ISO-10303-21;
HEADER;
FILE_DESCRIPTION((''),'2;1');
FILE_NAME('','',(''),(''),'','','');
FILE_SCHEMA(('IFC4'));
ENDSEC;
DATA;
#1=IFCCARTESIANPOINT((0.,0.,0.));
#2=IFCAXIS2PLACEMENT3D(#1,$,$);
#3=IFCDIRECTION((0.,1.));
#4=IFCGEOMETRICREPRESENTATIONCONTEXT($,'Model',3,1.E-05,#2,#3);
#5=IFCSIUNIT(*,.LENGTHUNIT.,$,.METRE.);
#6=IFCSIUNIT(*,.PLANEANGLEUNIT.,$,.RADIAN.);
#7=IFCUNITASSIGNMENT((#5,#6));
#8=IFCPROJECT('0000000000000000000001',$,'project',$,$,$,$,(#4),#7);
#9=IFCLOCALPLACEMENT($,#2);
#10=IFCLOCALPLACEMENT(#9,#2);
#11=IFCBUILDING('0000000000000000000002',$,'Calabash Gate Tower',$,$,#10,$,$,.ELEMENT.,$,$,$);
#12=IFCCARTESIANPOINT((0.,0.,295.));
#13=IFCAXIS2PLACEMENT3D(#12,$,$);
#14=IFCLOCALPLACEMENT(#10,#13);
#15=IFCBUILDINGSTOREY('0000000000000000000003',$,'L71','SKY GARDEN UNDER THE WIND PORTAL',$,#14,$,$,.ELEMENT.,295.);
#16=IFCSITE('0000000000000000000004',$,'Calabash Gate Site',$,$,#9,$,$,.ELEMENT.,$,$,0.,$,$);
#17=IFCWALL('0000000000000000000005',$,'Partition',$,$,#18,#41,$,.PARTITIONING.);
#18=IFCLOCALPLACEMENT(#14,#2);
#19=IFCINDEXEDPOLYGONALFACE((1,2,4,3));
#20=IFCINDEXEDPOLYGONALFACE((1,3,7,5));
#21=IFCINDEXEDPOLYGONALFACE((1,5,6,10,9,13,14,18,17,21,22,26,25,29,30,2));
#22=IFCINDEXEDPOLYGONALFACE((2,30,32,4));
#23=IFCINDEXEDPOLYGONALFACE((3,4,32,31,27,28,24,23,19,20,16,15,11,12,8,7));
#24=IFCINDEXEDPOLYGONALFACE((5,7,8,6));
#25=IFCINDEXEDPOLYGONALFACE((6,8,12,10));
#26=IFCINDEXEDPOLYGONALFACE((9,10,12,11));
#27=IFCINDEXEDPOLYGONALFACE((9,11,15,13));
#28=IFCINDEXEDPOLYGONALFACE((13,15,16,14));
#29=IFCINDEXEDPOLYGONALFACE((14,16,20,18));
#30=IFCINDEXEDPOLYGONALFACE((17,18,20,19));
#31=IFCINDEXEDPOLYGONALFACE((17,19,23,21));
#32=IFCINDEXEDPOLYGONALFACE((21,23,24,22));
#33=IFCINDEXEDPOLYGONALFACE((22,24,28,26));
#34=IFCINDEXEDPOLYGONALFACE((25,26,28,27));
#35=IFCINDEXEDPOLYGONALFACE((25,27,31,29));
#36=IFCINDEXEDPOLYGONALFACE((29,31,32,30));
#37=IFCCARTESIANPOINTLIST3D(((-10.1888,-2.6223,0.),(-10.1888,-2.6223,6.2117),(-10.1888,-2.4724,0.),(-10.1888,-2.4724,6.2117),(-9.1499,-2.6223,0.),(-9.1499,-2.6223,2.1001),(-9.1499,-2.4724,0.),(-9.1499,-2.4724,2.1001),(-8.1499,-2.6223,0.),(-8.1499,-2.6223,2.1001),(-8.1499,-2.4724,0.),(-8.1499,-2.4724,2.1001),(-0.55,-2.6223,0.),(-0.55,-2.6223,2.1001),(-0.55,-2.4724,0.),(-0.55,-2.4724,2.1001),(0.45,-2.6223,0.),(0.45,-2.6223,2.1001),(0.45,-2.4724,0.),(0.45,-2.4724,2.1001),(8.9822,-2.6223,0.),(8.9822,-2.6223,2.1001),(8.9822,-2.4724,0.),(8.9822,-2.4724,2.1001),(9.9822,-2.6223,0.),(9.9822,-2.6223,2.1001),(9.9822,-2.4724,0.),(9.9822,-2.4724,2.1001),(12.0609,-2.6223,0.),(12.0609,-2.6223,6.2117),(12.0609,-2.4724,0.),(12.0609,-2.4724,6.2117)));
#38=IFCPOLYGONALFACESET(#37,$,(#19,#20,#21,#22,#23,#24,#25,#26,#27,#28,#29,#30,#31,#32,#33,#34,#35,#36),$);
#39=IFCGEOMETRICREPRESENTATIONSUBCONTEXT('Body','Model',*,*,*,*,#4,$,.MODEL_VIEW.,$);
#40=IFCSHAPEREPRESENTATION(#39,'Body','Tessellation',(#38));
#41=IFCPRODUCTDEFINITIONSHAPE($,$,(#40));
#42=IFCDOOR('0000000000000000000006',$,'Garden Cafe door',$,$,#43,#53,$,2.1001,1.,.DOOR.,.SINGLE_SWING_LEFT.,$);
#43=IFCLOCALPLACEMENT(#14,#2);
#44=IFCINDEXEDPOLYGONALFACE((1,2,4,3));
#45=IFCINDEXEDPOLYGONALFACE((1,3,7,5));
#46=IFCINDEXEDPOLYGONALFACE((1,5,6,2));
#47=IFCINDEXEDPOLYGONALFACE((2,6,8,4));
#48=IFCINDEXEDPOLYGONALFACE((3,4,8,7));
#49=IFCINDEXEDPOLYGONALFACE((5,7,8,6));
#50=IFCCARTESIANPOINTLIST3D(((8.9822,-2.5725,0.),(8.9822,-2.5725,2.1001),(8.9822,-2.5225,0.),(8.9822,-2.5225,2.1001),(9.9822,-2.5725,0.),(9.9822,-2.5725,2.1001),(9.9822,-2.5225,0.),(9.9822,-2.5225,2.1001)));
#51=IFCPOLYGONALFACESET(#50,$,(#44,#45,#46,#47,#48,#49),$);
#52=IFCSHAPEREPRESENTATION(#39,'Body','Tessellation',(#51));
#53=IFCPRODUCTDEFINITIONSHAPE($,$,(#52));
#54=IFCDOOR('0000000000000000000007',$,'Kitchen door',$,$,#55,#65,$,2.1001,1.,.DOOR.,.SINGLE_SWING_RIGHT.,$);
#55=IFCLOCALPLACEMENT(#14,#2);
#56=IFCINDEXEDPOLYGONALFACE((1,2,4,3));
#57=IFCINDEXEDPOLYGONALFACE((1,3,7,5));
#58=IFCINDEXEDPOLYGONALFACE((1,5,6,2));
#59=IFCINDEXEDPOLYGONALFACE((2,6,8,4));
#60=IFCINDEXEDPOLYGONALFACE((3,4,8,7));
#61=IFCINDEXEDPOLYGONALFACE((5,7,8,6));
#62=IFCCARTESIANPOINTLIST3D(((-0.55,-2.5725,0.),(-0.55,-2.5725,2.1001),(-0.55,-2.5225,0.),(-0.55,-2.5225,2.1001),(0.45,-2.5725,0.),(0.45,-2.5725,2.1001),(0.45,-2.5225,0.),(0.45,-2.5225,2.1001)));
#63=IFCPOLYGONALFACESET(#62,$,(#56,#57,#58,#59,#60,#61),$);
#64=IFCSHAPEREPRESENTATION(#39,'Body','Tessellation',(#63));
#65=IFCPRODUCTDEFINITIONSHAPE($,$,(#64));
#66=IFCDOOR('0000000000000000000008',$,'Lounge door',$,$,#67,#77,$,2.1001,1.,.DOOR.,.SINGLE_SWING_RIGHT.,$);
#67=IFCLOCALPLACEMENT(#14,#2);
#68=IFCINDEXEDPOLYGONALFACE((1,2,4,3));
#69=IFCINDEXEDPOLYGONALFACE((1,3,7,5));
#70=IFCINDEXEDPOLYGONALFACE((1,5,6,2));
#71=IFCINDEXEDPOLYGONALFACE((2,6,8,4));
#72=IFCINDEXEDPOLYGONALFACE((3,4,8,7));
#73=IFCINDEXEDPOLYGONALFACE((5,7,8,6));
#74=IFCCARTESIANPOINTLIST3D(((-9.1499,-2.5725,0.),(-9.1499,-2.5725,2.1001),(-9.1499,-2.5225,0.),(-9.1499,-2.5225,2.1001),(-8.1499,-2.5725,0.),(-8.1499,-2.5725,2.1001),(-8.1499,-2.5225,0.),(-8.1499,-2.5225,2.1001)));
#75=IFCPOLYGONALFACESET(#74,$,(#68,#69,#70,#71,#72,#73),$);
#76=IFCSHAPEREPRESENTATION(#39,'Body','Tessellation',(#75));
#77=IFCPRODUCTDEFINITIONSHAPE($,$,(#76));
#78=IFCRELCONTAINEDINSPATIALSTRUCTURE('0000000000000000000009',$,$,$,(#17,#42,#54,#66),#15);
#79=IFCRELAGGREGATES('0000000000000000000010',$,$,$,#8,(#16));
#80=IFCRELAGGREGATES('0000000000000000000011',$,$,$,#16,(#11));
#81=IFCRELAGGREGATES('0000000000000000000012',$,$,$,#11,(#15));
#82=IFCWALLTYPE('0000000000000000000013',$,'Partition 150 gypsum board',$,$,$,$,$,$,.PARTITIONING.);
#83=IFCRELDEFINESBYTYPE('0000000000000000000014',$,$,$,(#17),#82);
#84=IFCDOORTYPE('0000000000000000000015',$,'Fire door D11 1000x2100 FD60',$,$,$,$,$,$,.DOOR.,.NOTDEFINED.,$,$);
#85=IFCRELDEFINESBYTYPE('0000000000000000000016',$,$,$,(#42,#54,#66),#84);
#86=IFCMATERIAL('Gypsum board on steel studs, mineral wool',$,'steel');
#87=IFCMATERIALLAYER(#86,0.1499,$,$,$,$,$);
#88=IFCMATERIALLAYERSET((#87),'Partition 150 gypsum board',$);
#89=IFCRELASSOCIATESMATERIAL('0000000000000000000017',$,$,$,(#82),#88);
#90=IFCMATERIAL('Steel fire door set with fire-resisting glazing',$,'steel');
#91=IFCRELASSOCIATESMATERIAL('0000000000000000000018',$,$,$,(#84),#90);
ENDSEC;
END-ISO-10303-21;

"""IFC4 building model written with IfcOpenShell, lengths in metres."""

from ifc_helpers import new_model, si_unit, direction, frame, frame_2d, origin, place, context, subcontext, project, spatial, rectangle, extrude, material, layer, layer_set, type_object, element, fill, save


model = new_model("IFC4")

# Units and contexts
model_context = context("Model", 3, precision=1e-05, world=origin(), true_north=direction((0.0, 1.0)))
body_context = subcontext(model_context, "Body", "Model", "MODEL_VIEW")
ifc_project = project(units=[si_unit("LENGTHUNIT", "METRE"), si_unit("PLANEANGLEUNIT", "RADIAN")], contexts=[model_context])

# Site, building, storey
site_placement = place(None, origin())
site = spatial("IfcSite", under=ifc_project, at=site_placement, Name="Calabash Gate Site", CompositionType="ELEMENT", RefElevation=0.0)
building_placement = place(site_placement, origin())
building = spatial("IfcBuilding", under=site, at=building_placement, Name="Calabash Gate Tower", CompositionType="ELEMENT")
storey_placement = place(building_placement, frame((0.0, 0.0, 295.0)))
storey = spatial("IfcBuildingStorey", under=building, at=storey_placement, Name="L71", Description="SKY GARDEN UNDER THE WIND PORTAL", CompositionType="ELEMENT", Elevation=295.0)

# Wall, openings, doors
ifc_material_1 = material(Name="Gypsum board on steel studs, mineral wool", Category="steel")
ifc_layer_1 = layer(ifc_material_1, 0.1499)
ifc_layer_set_1 = layer_set([ifc_layer_1], Name="Partition 150 gypsum board")
wall_type_1 = type_object("IfcWallType", Name="Partition 150 gypsum board", PredefinedType="PARTITIONING", material=ifc_layer_set_1)
wall_1_placement = place(storey_placement, frame((-10.189, -2.5474, 0.0), z_axis=(0.0, 0.0, 1.0), x_axis=(1.0, 0.0, 0.0)))
wall_1 = element("IfcWall", 1, at=wall_1_placement, inside=storey, type_object=wall_type_1, Name="Partition", PredefinedType="PARTITIONING", context=body_context, shape_type="SweptSolid", body=[
    extrude(rectangle(XDim=22.2498, YDim=0.1499, at=frame_2d((11.125, 0.0))), origin(), (0.0, 0.0, 1.0), 6.2117),
])
opening_1_placement = place(wall_1_placement, frame((19.1711, 0.0, 0.0)))
opening_1 = element("IfcOpeningElement", 2, at=opening_1_placement, cuts=wall_1, PredefinedType="OPENING", context=body_context, shape_type="SweptSolid", body=[
    extrude(rectangle(XDim=1.0, YDim=2.1001, at=frame_2d((0.5, 1.05))), frame((0.0, 0.085, 0.0), z_axis=(0.0, -1.0, 0.0), x_axis=(1.0, 0.0, 0.0)), (0.0, 0.0, 1.0), 0.1699),
])
opening_2_placement = place(wall_1_placement, frame((9.6389, 0.0, 0.0)))
opening_2 = element("IfcOpeningElement", 3, at=opening_2_placement, cuts=wall_1, PredefinedType="OPENING", context=body_context, shape_type="SweptSolid", body=[
    extrude(rectangle(XDim=1.0, YDim=2.1001, at=frame_2d((0.5, 1.05))), frame((0.0, 0.085, 0.0), z_axis=(0.0, -1.0, 0.0), x_axis=(1.0, 0.0, 0.0)), (0.0, 0.0, 1.0), 0.1699),
])
opening_3_placement = place(wall_1_placement, frame((1.0391, 0.0, 0.0)))
opening_3 = element("IfcOpeningElement", 4, at=opening_3_placement, cuts=wall_1, PredefinedType="OPENING", context=body_context, shape_type="SweptSolid", body=[
    extrude(rectangle(XDim=1.0, YDim=2.1001, at=frame_2d((0.5, 1.05))), frame((0.0, 0.085, 0.0), z_axis=(0.0, -1.0, 0.0), x_axis=(1.0, 0.0, 0.0)), (0.0, 0.0, 1.0), 0.1699),
])
ifc_material_2 = material(Name="Steel fire door set with fire-resisting glazing", Category="steel")
door_type = type_object("IfcDoorType", Name="Fire door D11 1000x2100 FD60", OperationType="NOTDEFINED", PredefinedType="DOOR", material=ifc_material_2)
door_1_placement = place(opening_1_placement, origin())
door_1 = element("IfcDoor", 5, at=door_1_placement, inside=storey, type_object=door_type, Name="Garden Cafe door", OperationType="SINGLE_SWING_LEFT", OverallHeight=2.1001, OverallWidth=1.0, PredefinedType="DOOR", context=body_context, shape_type="SweptSolid", body=[
    extrude(rectangle(XDim=1.0, YDim=2.1001, at=frame_2d((0.5, 1.05))), frame((0.0, 0.0249, 0.0), z_axis=(0.0, -1.0, 0.0), x_axis=(1.0, 0.0, 0.0)), (0.0, 0.0, 1.0), 0.05),
])
fill(opening_1, door_1)
door_2_placement = place(opening_2_placement, origin())
door_2 = element("IfcDoor", 6, at=door_2_placement, inside=storey, type_object=door_type, Name="Kitchen door", OperationType="SINGLE_SWING_RIGHT", OverallHeight=2.1001, OverallWidth=1.0, PredefinedType="DOOR", context=body_context, shape_type="SweptSolid", body=[
    extrude(rectangle(XDim=1.0, YDim=2.1001, at=frame_2d((0.5, 1.05))), frame((0.0, 0.0249, 0.0), z_axis=(0.0, -1.0, 0.0), x_axis=(1.0, 0.0, 0.0)), (0.0, 0.0, 1.0), 0.05),
])
fill(opening_2, door_2)
door_3_placement = place(opening_3_placement, origin())
door_3 = element("IfcDoor", 7, at=door_3_placement, inside=storey, type_object=door_type, Name="Lounge door", OperationType="SINGLE_SWING_RIGHT", OverallHeight=2.1001, OverallWidth=1.0, PredefinedType="DOOR", context=body_context, shape_type="SweptSolid", body=[
    extrude(rectangle(XDim=1.0, YDim=2.1001, at=frame_2d((0.5, 1.05))), frame((0.0, 0.0249, 0.0), z_axis=(0.0, -1.0, 0.0), x_axis=(1.0, 0.0, 0.0)), (0.0, 0.0, 1.0), 0.05),
])
fill(opening_3, door_3)

save(model, "model.ifc")
